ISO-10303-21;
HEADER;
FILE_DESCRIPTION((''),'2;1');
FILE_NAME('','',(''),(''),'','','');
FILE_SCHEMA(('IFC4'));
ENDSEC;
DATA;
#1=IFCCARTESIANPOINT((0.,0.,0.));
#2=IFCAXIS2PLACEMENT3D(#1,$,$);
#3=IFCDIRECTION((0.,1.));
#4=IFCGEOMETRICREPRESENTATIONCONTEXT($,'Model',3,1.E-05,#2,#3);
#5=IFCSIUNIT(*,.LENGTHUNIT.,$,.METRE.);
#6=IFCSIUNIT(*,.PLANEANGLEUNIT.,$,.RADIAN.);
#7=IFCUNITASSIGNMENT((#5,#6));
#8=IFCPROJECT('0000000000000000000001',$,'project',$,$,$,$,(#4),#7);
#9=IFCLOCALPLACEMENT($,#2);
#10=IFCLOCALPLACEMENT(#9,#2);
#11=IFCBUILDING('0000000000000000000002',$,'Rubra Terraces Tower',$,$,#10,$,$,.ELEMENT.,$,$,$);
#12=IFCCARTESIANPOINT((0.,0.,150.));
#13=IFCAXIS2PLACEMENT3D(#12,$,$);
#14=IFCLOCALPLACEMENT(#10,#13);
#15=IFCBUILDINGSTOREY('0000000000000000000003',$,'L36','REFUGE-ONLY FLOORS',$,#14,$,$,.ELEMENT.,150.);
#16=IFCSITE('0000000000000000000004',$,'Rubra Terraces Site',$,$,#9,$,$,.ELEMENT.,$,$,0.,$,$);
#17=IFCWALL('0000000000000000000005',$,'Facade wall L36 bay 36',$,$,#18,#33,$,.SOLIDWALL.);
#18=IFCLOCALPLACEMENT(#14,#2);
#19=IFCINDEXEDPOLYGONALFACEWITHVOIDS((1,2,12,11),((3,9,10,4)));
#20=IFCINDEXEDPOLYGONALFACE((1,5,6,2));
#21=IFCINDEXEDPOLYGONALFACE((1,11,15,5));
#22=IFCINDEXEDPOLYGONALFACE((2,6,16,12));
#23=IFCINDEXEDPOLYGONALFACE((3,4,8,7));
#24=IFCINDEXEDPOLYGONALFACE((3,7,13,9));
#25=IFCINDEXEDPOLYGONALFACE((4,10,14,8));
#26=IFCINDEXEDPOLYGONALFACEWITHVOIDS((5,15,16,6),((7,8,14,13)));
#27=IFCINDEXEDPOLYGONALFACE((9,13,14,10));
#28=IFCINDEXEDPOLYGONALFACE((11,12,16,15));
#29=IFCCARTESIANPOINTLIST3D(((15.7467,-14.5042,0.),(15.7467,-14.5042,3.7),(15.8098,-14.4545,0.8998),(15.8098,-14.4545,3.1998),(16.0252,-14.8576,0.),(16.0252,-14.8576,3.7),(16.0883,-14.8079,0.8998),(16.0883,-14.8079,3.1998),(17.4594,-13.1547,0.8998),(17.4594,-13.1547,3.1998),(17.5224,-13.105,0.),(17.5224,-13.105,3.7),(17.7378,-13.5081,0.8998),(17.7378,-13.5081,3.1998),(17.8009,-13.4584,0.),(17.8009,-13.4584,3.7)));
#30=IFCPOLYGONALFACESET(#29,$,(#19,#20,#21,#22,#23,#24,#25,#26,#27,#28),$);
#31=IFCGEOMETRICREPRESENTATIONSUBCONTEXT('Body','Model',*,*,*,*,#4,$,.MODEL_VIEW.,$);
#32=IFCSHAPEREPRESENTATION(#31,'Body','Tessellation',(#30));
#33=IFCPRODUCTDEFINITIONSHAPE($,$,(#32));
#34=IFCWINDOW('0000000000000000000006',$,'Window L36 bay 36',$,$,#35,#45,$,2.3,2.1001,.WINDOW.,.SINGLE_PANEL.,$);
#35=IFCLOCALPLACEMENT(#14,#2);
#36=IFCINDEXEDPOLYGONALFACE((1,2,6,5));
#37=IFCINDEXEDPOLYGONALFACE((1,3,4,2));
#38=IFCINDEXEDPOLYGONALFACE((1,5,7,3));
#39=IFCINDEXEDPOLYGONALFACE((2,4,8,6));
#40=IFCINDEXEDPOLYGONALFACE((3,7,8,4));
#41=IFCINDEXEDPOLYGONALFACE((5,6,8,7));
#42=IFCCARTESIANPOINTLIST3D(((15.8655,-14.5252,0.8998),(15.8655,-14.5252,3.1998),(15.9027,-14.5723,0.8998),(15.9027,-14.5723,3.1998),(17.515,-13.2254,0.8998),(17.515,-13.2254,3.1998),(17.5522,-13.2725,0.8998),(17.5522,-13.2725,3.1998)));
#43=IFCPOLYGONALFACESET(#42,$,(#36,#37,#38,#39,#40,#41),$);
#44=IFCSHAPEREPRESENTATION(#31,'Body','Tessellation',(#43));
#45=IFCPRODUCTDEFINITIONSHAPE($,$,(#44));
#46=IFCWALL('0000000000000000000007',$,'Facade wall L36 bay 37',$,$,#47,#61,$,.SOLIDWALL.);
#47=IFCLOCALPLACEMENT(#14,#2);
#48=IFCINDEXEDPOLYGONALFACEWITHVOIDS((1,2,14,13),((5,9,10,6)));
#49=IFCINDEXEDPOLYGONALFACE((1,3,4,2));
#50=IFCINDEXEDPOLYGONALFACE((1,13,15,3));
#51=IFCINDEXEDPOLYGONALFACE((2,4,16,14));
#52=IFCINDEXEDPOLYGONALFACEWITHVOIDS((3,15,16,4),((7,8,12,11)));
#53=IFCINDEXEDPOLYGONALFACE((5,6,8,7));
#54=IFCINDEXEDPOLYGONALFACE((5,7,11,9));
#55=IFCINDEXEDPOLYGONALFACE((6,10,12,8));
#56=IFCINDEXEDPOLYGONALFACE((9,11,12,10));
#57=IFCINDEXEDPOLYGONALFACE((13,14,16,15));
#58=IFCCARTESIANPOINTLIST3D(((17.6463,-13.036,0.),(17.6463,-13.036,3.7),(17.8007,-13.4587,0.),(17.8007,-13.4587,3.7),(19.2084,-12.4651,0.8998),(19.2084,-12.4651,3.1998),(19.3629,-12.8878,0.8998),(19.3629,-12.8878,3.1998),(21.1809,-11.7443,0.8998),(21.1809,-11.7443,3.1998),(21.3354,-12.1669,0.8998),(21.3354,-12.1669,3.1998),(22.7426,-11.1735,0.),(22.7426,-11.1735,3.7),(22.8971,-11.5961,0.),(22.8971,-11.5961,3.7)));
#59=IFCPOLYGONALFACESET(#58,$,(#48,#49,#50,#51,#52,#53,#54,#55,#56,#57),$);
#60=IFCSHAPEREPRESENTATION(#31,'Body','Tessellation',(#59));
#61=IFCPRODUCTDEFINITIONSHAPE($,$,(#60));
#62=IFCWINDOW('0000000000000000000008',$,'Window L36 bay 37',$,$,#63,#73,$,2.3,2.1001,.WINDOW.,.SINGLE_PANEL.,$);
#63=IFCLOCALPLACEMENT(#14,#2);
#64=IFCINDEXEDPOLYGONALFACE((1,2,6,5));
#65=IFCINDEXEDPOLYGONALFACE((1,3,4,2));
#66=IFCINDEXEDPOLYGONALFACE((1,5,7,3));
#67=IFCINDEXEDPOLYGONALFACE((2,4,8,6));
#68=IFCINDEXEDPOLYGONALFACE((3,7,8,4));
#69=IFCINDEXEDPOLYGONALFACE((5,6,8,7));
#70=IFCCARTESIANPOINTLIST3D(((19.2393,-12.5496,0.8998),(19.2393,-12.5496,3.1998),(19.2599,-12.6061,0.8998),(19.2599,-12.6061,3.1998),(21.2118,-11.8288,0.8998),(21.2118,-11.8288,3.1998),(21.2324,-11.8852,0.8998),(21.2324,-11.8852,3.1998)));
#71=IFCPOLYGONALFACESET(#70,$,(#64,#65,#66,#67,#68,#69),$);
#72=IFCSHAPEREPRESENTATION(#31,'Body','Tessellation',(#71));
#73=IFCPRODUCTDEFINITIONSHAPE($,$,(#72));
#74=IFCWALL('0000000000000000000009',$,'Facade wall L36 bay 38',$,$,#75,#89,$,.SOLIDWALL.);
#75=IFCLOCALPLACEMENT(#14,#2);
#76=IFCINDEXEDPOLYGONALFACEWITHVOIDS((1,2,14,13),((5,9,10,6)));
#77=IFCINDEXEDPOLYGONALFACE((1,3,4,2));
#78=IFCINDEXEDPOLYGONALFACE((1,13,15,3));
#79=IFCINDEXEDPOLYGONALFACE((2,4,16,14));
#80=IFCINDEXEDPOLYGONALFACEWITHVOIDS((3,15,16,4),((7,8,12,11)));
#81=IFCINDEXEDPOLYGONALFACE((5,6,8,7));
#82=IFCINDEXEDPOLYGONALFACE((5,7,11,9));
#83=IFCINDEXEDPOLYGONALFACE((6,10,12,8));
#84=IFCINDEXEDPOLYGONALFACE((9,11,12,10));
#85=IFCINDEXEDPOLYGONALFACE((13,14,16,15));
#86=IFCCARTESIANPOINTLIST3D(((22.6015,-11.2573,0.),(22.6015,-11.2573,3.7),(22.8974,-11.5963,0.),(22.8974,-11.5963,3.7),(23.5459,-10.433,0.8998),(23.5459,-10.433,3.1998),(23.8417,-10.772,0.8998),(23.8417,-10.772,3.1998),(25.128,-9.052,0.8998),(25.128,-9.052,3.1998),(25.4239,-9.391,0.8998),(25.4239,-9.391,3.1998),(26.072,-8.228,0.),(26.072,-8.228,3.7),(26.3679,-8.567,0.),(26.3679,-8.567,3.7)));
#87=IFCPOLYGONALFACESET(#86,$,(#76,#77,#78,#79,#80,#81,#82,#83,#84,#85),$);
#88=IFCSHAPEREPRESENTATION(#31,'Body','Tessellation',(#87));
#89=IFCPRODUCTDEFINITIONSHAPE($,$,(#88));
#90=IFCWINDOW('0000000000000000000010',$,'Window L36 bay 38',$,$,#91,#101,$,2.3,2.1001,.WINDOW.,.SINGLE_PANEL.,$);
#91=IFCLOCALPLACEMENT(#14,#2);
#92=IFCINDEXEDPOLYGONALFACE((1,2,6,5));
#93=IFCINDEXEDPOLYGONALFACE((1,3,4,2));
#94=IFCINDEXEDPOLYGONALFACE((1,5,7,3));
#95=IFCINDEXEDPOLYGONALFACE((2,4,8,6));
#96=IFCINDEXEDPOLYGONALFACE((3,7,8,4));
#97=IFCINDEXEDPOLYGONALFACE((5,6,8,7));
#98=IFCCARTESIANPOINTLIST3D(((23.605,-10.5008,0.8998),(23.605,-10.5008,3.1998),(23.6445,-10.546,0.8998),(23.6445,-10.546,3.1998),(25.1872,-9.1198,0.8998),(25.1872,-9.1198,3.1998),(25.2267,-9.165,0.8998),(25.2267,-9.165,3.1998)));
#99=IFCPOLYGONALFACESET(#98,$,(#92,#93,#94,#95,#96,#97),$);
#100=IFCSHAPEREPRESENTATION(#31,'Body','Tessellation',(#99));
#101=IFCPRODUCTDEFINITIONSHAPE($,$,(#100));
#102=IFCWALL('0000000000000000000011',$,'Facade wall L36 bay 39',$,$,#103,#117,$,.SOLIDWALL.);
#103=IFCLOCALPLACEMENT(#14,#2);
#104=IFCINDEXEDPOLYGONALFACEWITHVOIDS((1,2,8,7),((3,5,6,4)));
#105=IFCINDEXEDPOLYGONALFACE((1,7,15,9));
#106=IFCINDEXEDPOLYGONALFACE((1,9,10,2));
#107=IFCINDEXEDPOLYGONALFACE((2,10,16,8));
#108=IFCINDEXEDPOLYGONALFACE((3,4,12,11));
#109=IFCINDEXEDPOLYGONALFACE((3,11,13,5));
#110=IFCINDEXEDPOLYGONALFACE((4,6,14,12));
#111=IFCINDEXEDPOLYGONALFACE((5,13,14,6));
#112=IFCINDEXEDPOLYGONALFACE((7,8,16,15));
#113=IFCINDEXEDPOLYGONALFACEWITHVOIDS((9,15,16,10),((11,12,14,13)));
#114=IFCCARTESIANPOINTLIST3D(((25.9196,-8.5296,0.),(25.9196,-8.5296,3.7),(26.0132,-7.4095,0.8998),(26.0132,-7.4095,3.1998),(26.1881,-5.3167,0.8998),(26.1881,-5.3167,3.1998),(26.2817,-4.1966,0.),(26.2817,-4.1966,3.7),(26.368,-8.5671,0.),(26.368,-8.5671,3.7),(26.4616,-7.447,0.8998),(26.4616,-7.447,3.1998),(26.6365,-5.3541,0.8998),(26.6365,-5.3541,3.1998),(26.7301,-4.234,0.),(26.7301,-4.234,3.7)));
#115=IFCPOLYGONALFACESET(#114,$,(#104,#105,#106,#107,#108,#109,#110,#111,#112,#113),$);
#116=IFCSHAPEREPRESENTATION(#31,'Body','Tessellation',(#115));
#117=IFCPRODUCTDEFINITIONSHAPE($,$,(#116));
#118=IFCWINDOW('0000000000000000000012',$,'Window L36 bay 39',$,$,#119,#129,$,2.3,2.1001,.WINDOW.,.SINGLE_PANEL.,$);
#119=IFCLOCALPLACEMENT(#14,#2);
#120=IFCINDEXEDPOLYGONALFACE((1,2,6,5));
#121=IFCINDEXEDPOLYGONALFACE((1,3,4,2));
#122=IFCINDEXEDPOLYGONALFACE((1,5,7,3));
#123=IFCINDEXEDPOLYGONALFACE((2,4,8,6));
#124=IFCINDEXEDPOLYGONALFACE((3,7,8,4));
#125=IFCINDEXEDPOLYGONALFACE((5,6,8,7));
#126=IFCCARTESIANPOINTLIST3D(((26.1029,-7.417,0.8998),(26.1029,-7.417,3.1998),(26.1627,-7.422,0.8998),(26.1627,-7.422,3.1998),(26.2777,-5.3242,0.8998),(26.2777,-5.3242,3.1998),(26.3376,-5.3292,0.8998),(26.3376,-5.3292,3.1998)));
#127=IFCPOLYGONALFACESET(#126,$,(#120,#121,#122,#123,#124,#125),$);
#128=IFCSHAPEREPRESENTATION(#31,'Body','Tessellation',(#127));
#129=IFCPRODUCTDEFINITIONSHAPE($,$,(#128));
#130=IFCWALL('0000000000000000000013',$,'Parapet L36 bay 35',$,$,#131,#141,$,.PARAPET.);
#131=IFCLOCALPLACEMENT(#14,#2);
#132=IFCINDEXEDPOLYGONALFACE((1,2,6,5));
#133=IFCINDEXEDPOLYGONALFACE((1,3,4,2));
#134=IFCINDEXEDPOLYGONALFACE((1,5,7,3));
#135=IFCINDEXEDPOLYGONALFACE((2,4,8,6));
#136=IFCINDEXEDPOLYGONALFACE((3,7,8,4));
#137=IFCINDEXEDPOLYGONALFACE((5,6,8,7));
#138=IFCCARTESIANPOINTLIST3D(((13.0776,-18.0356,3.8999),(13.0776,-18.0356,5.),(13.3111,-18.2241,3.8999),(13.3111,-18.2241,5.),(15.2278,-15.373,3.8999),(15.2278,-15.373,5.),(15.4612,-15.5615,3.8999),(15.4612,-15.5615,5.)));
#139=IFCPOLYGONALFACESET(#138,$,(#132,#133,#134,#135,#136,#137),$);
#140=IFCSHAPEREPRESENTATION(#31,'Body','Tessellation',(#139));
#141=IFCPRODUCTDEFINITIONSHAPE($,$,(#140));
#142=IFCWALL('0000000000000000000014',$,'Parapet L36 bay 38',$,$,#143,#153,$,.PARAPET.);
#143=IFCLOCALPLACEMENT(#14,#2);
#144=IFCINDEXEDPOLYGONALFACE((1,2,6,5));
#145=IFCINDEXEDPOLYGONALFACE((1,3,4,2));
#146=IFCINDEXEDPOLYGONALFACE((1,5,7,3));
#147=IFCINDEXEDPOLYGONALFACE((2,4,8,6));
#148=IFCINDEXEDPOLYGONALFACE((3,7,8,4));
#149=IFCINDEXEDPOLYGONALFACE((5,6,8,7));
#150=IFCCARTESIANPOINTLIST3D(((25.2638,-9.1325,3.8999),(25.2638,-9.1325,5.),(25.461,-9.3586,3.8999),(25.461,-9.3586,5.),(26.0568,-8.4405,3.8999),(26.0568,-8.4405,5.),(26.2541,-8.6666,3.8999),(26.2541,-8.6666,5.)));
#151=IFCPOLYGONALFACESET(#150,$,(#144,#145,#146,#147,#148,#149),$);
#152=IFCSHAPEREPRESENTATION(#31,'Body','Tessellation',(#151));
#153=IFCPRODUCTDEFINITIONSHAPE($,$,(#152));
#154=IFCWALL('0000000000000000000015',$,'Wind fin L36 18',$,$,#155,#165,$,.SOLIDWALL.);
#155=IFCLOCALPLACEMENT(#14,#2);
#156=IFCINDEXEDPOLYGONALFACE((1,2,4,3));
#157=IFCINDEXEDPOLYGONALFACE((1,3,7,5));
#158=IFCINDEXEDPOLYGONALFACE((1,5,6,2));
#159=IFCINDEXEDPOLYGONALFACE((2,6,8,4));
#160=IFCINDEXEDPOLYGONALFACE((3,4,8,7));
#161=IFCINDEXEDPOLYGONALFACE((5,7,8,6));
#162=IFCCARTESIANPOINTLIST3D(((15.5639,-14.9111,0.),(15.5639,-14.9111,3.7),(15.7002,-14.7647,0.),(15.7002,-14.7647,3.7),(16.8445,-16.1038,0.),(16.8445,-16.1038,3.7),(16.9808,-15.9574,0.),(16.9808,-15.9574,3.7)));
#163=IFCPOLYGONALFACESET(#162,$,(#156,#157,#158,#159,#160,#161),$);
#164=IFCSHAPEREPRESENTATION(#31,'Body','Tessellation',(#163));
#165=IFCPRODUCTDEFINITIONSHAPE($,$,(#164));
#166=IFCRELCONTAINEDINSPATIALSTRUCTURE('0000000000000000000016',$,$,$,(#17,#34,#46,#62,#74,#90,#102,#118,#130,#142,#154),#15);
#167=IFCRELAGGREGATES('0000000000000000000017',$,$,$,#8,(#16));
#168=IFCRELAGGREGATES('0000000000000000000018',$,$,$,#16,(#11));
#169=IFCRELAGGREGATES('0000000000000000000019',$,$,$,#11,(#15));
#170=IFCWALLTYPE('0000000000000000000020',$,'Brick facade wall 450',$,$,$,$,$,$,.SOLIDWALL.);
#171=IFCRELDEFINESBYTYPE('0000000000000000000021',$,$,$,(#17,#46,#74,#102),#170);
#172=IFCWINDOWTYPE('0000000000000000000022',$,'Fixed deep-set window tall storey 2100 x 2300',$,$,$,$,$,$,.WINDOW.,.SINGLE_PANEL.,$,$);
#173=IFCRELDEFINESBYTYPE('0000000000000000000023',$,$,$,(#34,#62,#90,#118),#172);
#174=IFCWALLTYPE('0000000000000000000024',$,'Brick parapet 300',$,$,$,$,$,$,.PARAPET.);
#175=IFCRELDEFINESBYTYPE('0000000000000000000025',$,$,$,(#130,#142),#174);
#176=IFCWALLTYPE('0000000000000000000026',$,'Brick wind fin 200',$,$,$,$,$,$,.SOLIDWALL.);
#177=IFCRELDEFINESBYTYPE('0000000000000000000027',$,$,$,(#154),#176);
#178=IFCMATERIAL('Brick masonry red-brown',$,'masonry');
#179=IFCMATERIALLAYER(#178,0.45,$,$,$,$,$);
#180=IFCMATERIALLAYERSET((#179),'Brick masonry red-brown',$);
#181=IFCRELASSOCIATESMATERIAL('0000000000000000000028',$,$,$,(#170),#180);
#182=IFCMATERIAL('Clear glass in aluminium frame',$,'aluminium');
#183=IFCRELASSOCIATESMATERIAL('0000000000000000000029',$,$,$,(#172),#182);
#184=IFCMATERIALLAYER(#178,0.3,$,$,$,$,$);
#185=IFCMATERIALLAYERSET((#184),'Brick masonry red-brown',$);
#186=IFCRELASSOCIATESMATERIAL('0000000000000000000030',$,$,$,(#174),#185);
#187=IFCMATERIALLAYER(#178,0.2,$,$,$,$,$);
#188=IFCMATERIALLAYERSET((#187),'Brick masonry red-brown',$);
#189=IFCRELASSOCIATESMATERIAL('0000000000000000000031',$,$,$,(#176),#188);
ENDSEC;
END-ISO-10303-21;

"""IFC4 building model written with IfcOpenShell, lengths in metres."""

from ifc_helpers import new_model, si_unit, direction, frame, frame_2d, origin, place, context, subcontext, project, spatial, rectangle, extrude, material, layer, layer_set, type_object, element, fill, save


model = new_model("IFC4")

# Units and contexts
model_context = context("Model", 3, precision=1e-05, world=origin(), true_north=direction((0.0, 1.0)))
body_context = subcontext(model_context, "Body", "Model", "MODEL_VIEW")
ifc_project = project(units=[si_unit("LENGTHUNIT", "METRE"), si_unit("PLANEANGLEUNIT", "RADIAN")], contexts=[model_context])

# Site, building, storey
site_placement = place(None, origin())
site = spatial("IfcSite", under=ifc_project, at=site_placement, Name="Rubra Terraces Site", CompositionType="ELEMENT", RefElevation=0.0)
building_placement = place(site_placement, origin())
building = spatial("IfcBuilding", under=site, at=building_placement, Name="Rubra Terraces Tower", CompositionType="ELEMENT")
storey_placement = place(building_placement, frame((0.0, 0.0, 150.0)))
storey = spatial("IfcBuildingStorey", under=building, at=storey_placement, Name="L36", Description="REFUGE-ONLY FLOORS", CompositionType="ELEMENT", Elevation=150.0)

# Walls, openings, windows
ifc_material_1 = material(Name="Brick masonry red-brown", Category="masonry")
ifc_layer_1 = layer(ifc_material_1, 0.45)
ifc_layer_set_1 = layer_set([ifc_layer_1], Name="Brick masonry red-brown")
wall_type_1 = type_object("IfcWallType", Name="Brick facade wall 450", PredefinedType="SOLIDWALL", material=ifc_layer_set_1)
wall_1_placement = place(storey_placement, frame((15.886, -14.6809, 0.0), z_axis=(0.0, 0.0, 1.0), x_axis=(0.785452, 0.618923, 0.0)))
wall_1 = element("IfcWall", 1, at=wall_1_placement, inside=storey, type_object=wall_type_1, Name="Facade wall L36 bay 36", PredefinedType="SOLIDWALL", context=body_context, shape_type="SweptSolid", body=[
    extrude(rectangle(XDim=2.2607, YDim=0.45, at=frame_2d((1.1304, 0.0))), origin(), (0.0, 0.0, 1.0), 3.7),
])
opening_1_placement = place(wall_1_placement, frame((0.0803, 0.0, 0.8999)))
opening_1 = element("IfcOpeningElement", 2, at=opening_1_placement, cuts=wall_1, PredefinedType="OPENING", context=body_context, shape_type="SweptSolid", body=[
    extrude(rectangle(XDim=2.1001, YDim=2.3, at=frame_2d((1.05, 1.1499))), frame((0.0, 0.2349, 0.0), z_axis=(0.0, -1.0, 0.0), x_axis=(1.0, 0.0, 0.0)), (0.0, 0.0, 1.0), 0.47),
])
ifc_material_2 = material(Name="Clear glass in aluminium frame", Category="aluminium")
window_type = type_object("IfcWindowType", Name="Fixed deep-set window tall storey 2100 x 2300", PartitioningType="SINGLE_PANEL", PredefinedType="WINDOW", material=ifc_material_2)
window_1_placement = place(opening_1_placement, origin())
window_1 = element("IfcWindow", 3, at=window_1_placement, inside=storey, type_object=window_type, Name="Window L36 bay 36", OverallHeight=2.3, OverallWidth=2.1001, PartitioningType="SINGLE_PANEL", PredefinedType="WINDOW", context=body_context, shape_type="SweptSolid", body=[
    extrude(rectangle(XDim=2.1001, YDim=2.3, at=frame_2d((1.05, 1.1499))), frame((0.0, 0.135, 0.0), z_axis=(0.0, -1.0, 0.0), x_axis=(1.0, 0.0, 0.0)), (0.0, 0.0, 1.0), 0.0601),
])
fill(opening_1, window_1)
wall_2_placement = place(storey_placement, frame((17.7236, -13.2473, 0.0), z_axis=(0.0, 0.0, 1.0), x_axis=(0.939242, 0.343256, 0.0)))
wall_2 = element("IfcWall", 4, at=wall_2_placement, inside=storey, type_object=wall_type_1, Name="Facade wall L36 bay 37", PredefinedType="SOLIDWALL", context=body_context, shape_type="SweptSolid", body=[
    extrude(rectangle(XDim=5.426, YDim=0.45, at=frame_2d((2.7129, 0.0))), origin(), (0.0, 0.0, 1.0), 3.7),
])
opening_2_placement = place(wall_2_placement, frame((1.6631, 0.0, 0.8999)))
opening_2 = element("IfcOpeningElement", 5, at=opening_2_placement, cuts=wall_2, PredefinedType="OPENING", context=body_context, shape_type="SweptSolid", body=[
    extrude(rectangle(XDim=2.1001, YDim=2.3, at=frame_2d((1.05, 1.1499))), frame((0.0, 0.2349, 0.0), z_axis=(0.0, -1.0, 0.0), x_axis=(1.0, 0.0, 0.0)), (0.0, 0.0, 1.0), 0.47),
])
window_2_placement = place(opening_2_placement, origin())
window_2 = element("IfcWindow", 6, at=window_2_placement, inside=storey, type_object=window_type, Name="Window L36 bay 37", OverallHeight=2.3, OverallWidth=2.1001, PartitioningType="SINGLE_PANEL", PredefinedType="WINDOW", context=body_context, shape_type="SweptSolid", body=[
    extrude(rectangle(XDim=2.1001, YDim=2.3, at=frame_2d((1.05, 1.1499))), frame((0.0, 0.135, 0.0), z_axis=(0.0, -1.0, 0.0), x_axis=(1.0, 0.0, 0.0)), (0.0, 0.0, 1.0), 0.0601),
])
fill(opening_2, window_2)
wall_3_placement = place(storey_placement, frame((22.7495, -11.4268, 0.0), z_axis=(0.0, 0.0, 1.0), x_axis=(0.753367, 0.6576, 0.0)))
wall_3 = element("IfcWall", 7, at=wall_3_placement, inside=storey, type_object=wall_type_1, Name="Facade wall L36 bay 38", PredefinedType="SOLIDWALL", context=body_context, shape_type="SweptSolid", body=[
    extrude(rectangle(XDim=4.6067, YDim=0.45, at=frame_2d((2.3032, 0.0))), origin(), (0.0, 0.0, 1.0), 3.7),
])
opening_3_placement = place(wall_3_placement, frame((1.2534, 0.0, 0.8999)))
opening_3 = element("IfcOpeningElement", 8, at=opening_3_placement, cuts=wall_3, PredefinedType="OPENING", context=body_context, shape_type="SweptSolid", body=[
    extrude(rectangle(XDim=2.1001, YDim=2.3, at=frame_2d((1.05, 1.1499))), frame((0.0, 0.2349, 0.0), z_axis=(0.0, -1.0, 0.0), x_axis=(1.0, 0.0, 0.0)), (0.0, 0.0, 1.0), 0.47),
])
window_3_placement = place(opening_3_placement, origin())
window_3 = element("IfcWindow", 9, at=window_3_placement, inside=storey, type_object=window_type, Name="Window L36 bay 38", OverallHeight=2.3, OverallWidth=2.1001, PartitioningType="SINGLE_PANEL", PredefinedType="WINDOW", context=body_context, shape_type="SweptSolid", body=[
    extrude(rectangle(XDim=2.1001, YDim=2.3, at=frame_2d((1.05, 1.1499))), frame((0.0, 0.135, 0.0), z_axis=(0.0, -1.0, 0.0), x_axis=(1.0, 0.0, 0.0)), (0.0, 0.0, 1.0), 0.0601),
])
fill(opening_3, window_3)
wall_4_placement = place(storey_placement, frame((26.1438, -8.5483, 0.0), z_axis=(0.0, 0.0, 1.0), x_axis=(0.083269, 0.996527, 0.0)))
wall_4 = element("IfcWall", 10, at=wall_4_placement, inside=storey, type_object=wall_type_1, Name="Facade wall L36 bay 39", PredefinedType="SOLIDWALL", context=body_context, shape_type="SweptSolid", body=[
    extrude(rectangle(XDim=4.3481, YDim=0.45, at=frame_2d((2.1741, 0.0))), origin(), (0.0, 0.0, 1.0), 3.7),
])
opening_4_placement = place(wall_4_placement, frame((1.124, 0.0, 0.8999)))
opening_4 = element("IfcOpeningElement", 11, at=opening_4_placement, cuts=wall_4, PredefinedType="OPENING", context=body_context, shape_type="SweptSolid", body=[
    extrude(rectangle(XDim=2.1001, YDim=2.3, at=frame_2d((1.05, 1.1499))), frame((0.0, 0.2349, 0.0), z_axis=(0.0, -1.0, 0.0), x_axis=(1.0, 0.0, 0.0)), (0.0, 0.0, 1.0), 0.47),
])
window_4_placement = place(opening_4_placement, origin())
window_4 = element("IfcWindow", 12, at=window_4_placement, inside=storey, type_object=window_type, Name="Window L36 bay 39", OverallHeight=2.3, OverallWidth=2.1001, PartitioningType="SINGLE_PANEL", PredefinedType="WINDOW", context=body_context, shape_type="SweptSolid", body=[
    extrude(rectangle(XDim=2.1001, YDim=2.3, at=frame_2d((1.05, 1.1499))), frame((0.0, 0.135, 0.0), z_axis=(0.0, -1.0, 0.0), x_axis=(1.0, 0.0, 0.0)), (0.0, 0.0, 1.0), 0.0601),
])
fill(opening_4, window_4)

# Walls
ifc_layer_2 = layer(ifc_material_1, 0.3)
ifc_layer_set_2 = layer_set([ifc_layer_2], Name="Brick masonry red-brown")
wall_type_2 = type_object("IfcWallType", Name="Brick parapet 300", PredefinedType="PARAPET", material=ifc_layer_set_2)
wall_5_placement = place(storey_placement, frame((13.1943, -18.1299, 3.8999), z_axis=(0.0, 0.0, 1.0), x_axis=(0.628264, 0.778, 0.0)))
element("IfcWall", 13, at=wall_5_placement, inside=storey, type_object=wall_type_2, Name="Parapet L36 bay 35", PredefinedType="PARAPET", context=body_context, shape_type="SweptSolid", body=[
    extrude(rectangle(XDim=3.4224, YDim=0.3, at=frame_2d((1.7112, 0.0))), origin(), (0.0, 0.0, 1.0), 1.1001),
])
wall_6_placement = place(storey_placement, frame((25.3623, -9.2456, 3.8999), z_axis=(0.0, 0.0, 1.0), x_axis=(0.753496, 0.657453, 0.0)))
element("IfcWall", 14, at=wall_6_placement, inside=storey, type_object=wall_type_2, Name="Parapet L36 bay 38", PredefinedType="PARAPET", context=body_context, shape_type="SweptSolid", body=[
    extrude(rectangle(XDim=1.0525, YDim=0.3, at=frame_2d((0.5264, 0.0))), origin(), (0.0, 0.0, 1.0), 1.1001),
])
ifc_layer_3 = layer(ifc_material_1, 0.2)
ifc_layer_set_3 = layer_set([ifc_layer_3], Name="Brick masonry red-brown")
wall_type_3 = type_object("IfcWallType", Name="Brick wind fin 200", PredefinedType="SOLIDWALL", material=ifc_layer_set_3)
wall_7_placement = place(storey_placement, frame((15.6321, -14.8379, 0.0), z_axis=(0.0, 0.0, 1.0), x_axis=(0.731774, -0.681547, 0.0)))
element("IfcWall", 15, at=wall_7_placement, inside=storey, type_object=wall_type_3, Name="Wind fin L36 18", PredefinedType="SOLIDWALL", context=body_context, shape_type="SweptSolid", body=[
    extrude(rectangle(XDim=1.75, YDim=0.2, at=frame_2d((0.875, 0.0))), origin(), (0.0, 0.0, 1.0), 3.7),
])

save(model, "model.ifc")
